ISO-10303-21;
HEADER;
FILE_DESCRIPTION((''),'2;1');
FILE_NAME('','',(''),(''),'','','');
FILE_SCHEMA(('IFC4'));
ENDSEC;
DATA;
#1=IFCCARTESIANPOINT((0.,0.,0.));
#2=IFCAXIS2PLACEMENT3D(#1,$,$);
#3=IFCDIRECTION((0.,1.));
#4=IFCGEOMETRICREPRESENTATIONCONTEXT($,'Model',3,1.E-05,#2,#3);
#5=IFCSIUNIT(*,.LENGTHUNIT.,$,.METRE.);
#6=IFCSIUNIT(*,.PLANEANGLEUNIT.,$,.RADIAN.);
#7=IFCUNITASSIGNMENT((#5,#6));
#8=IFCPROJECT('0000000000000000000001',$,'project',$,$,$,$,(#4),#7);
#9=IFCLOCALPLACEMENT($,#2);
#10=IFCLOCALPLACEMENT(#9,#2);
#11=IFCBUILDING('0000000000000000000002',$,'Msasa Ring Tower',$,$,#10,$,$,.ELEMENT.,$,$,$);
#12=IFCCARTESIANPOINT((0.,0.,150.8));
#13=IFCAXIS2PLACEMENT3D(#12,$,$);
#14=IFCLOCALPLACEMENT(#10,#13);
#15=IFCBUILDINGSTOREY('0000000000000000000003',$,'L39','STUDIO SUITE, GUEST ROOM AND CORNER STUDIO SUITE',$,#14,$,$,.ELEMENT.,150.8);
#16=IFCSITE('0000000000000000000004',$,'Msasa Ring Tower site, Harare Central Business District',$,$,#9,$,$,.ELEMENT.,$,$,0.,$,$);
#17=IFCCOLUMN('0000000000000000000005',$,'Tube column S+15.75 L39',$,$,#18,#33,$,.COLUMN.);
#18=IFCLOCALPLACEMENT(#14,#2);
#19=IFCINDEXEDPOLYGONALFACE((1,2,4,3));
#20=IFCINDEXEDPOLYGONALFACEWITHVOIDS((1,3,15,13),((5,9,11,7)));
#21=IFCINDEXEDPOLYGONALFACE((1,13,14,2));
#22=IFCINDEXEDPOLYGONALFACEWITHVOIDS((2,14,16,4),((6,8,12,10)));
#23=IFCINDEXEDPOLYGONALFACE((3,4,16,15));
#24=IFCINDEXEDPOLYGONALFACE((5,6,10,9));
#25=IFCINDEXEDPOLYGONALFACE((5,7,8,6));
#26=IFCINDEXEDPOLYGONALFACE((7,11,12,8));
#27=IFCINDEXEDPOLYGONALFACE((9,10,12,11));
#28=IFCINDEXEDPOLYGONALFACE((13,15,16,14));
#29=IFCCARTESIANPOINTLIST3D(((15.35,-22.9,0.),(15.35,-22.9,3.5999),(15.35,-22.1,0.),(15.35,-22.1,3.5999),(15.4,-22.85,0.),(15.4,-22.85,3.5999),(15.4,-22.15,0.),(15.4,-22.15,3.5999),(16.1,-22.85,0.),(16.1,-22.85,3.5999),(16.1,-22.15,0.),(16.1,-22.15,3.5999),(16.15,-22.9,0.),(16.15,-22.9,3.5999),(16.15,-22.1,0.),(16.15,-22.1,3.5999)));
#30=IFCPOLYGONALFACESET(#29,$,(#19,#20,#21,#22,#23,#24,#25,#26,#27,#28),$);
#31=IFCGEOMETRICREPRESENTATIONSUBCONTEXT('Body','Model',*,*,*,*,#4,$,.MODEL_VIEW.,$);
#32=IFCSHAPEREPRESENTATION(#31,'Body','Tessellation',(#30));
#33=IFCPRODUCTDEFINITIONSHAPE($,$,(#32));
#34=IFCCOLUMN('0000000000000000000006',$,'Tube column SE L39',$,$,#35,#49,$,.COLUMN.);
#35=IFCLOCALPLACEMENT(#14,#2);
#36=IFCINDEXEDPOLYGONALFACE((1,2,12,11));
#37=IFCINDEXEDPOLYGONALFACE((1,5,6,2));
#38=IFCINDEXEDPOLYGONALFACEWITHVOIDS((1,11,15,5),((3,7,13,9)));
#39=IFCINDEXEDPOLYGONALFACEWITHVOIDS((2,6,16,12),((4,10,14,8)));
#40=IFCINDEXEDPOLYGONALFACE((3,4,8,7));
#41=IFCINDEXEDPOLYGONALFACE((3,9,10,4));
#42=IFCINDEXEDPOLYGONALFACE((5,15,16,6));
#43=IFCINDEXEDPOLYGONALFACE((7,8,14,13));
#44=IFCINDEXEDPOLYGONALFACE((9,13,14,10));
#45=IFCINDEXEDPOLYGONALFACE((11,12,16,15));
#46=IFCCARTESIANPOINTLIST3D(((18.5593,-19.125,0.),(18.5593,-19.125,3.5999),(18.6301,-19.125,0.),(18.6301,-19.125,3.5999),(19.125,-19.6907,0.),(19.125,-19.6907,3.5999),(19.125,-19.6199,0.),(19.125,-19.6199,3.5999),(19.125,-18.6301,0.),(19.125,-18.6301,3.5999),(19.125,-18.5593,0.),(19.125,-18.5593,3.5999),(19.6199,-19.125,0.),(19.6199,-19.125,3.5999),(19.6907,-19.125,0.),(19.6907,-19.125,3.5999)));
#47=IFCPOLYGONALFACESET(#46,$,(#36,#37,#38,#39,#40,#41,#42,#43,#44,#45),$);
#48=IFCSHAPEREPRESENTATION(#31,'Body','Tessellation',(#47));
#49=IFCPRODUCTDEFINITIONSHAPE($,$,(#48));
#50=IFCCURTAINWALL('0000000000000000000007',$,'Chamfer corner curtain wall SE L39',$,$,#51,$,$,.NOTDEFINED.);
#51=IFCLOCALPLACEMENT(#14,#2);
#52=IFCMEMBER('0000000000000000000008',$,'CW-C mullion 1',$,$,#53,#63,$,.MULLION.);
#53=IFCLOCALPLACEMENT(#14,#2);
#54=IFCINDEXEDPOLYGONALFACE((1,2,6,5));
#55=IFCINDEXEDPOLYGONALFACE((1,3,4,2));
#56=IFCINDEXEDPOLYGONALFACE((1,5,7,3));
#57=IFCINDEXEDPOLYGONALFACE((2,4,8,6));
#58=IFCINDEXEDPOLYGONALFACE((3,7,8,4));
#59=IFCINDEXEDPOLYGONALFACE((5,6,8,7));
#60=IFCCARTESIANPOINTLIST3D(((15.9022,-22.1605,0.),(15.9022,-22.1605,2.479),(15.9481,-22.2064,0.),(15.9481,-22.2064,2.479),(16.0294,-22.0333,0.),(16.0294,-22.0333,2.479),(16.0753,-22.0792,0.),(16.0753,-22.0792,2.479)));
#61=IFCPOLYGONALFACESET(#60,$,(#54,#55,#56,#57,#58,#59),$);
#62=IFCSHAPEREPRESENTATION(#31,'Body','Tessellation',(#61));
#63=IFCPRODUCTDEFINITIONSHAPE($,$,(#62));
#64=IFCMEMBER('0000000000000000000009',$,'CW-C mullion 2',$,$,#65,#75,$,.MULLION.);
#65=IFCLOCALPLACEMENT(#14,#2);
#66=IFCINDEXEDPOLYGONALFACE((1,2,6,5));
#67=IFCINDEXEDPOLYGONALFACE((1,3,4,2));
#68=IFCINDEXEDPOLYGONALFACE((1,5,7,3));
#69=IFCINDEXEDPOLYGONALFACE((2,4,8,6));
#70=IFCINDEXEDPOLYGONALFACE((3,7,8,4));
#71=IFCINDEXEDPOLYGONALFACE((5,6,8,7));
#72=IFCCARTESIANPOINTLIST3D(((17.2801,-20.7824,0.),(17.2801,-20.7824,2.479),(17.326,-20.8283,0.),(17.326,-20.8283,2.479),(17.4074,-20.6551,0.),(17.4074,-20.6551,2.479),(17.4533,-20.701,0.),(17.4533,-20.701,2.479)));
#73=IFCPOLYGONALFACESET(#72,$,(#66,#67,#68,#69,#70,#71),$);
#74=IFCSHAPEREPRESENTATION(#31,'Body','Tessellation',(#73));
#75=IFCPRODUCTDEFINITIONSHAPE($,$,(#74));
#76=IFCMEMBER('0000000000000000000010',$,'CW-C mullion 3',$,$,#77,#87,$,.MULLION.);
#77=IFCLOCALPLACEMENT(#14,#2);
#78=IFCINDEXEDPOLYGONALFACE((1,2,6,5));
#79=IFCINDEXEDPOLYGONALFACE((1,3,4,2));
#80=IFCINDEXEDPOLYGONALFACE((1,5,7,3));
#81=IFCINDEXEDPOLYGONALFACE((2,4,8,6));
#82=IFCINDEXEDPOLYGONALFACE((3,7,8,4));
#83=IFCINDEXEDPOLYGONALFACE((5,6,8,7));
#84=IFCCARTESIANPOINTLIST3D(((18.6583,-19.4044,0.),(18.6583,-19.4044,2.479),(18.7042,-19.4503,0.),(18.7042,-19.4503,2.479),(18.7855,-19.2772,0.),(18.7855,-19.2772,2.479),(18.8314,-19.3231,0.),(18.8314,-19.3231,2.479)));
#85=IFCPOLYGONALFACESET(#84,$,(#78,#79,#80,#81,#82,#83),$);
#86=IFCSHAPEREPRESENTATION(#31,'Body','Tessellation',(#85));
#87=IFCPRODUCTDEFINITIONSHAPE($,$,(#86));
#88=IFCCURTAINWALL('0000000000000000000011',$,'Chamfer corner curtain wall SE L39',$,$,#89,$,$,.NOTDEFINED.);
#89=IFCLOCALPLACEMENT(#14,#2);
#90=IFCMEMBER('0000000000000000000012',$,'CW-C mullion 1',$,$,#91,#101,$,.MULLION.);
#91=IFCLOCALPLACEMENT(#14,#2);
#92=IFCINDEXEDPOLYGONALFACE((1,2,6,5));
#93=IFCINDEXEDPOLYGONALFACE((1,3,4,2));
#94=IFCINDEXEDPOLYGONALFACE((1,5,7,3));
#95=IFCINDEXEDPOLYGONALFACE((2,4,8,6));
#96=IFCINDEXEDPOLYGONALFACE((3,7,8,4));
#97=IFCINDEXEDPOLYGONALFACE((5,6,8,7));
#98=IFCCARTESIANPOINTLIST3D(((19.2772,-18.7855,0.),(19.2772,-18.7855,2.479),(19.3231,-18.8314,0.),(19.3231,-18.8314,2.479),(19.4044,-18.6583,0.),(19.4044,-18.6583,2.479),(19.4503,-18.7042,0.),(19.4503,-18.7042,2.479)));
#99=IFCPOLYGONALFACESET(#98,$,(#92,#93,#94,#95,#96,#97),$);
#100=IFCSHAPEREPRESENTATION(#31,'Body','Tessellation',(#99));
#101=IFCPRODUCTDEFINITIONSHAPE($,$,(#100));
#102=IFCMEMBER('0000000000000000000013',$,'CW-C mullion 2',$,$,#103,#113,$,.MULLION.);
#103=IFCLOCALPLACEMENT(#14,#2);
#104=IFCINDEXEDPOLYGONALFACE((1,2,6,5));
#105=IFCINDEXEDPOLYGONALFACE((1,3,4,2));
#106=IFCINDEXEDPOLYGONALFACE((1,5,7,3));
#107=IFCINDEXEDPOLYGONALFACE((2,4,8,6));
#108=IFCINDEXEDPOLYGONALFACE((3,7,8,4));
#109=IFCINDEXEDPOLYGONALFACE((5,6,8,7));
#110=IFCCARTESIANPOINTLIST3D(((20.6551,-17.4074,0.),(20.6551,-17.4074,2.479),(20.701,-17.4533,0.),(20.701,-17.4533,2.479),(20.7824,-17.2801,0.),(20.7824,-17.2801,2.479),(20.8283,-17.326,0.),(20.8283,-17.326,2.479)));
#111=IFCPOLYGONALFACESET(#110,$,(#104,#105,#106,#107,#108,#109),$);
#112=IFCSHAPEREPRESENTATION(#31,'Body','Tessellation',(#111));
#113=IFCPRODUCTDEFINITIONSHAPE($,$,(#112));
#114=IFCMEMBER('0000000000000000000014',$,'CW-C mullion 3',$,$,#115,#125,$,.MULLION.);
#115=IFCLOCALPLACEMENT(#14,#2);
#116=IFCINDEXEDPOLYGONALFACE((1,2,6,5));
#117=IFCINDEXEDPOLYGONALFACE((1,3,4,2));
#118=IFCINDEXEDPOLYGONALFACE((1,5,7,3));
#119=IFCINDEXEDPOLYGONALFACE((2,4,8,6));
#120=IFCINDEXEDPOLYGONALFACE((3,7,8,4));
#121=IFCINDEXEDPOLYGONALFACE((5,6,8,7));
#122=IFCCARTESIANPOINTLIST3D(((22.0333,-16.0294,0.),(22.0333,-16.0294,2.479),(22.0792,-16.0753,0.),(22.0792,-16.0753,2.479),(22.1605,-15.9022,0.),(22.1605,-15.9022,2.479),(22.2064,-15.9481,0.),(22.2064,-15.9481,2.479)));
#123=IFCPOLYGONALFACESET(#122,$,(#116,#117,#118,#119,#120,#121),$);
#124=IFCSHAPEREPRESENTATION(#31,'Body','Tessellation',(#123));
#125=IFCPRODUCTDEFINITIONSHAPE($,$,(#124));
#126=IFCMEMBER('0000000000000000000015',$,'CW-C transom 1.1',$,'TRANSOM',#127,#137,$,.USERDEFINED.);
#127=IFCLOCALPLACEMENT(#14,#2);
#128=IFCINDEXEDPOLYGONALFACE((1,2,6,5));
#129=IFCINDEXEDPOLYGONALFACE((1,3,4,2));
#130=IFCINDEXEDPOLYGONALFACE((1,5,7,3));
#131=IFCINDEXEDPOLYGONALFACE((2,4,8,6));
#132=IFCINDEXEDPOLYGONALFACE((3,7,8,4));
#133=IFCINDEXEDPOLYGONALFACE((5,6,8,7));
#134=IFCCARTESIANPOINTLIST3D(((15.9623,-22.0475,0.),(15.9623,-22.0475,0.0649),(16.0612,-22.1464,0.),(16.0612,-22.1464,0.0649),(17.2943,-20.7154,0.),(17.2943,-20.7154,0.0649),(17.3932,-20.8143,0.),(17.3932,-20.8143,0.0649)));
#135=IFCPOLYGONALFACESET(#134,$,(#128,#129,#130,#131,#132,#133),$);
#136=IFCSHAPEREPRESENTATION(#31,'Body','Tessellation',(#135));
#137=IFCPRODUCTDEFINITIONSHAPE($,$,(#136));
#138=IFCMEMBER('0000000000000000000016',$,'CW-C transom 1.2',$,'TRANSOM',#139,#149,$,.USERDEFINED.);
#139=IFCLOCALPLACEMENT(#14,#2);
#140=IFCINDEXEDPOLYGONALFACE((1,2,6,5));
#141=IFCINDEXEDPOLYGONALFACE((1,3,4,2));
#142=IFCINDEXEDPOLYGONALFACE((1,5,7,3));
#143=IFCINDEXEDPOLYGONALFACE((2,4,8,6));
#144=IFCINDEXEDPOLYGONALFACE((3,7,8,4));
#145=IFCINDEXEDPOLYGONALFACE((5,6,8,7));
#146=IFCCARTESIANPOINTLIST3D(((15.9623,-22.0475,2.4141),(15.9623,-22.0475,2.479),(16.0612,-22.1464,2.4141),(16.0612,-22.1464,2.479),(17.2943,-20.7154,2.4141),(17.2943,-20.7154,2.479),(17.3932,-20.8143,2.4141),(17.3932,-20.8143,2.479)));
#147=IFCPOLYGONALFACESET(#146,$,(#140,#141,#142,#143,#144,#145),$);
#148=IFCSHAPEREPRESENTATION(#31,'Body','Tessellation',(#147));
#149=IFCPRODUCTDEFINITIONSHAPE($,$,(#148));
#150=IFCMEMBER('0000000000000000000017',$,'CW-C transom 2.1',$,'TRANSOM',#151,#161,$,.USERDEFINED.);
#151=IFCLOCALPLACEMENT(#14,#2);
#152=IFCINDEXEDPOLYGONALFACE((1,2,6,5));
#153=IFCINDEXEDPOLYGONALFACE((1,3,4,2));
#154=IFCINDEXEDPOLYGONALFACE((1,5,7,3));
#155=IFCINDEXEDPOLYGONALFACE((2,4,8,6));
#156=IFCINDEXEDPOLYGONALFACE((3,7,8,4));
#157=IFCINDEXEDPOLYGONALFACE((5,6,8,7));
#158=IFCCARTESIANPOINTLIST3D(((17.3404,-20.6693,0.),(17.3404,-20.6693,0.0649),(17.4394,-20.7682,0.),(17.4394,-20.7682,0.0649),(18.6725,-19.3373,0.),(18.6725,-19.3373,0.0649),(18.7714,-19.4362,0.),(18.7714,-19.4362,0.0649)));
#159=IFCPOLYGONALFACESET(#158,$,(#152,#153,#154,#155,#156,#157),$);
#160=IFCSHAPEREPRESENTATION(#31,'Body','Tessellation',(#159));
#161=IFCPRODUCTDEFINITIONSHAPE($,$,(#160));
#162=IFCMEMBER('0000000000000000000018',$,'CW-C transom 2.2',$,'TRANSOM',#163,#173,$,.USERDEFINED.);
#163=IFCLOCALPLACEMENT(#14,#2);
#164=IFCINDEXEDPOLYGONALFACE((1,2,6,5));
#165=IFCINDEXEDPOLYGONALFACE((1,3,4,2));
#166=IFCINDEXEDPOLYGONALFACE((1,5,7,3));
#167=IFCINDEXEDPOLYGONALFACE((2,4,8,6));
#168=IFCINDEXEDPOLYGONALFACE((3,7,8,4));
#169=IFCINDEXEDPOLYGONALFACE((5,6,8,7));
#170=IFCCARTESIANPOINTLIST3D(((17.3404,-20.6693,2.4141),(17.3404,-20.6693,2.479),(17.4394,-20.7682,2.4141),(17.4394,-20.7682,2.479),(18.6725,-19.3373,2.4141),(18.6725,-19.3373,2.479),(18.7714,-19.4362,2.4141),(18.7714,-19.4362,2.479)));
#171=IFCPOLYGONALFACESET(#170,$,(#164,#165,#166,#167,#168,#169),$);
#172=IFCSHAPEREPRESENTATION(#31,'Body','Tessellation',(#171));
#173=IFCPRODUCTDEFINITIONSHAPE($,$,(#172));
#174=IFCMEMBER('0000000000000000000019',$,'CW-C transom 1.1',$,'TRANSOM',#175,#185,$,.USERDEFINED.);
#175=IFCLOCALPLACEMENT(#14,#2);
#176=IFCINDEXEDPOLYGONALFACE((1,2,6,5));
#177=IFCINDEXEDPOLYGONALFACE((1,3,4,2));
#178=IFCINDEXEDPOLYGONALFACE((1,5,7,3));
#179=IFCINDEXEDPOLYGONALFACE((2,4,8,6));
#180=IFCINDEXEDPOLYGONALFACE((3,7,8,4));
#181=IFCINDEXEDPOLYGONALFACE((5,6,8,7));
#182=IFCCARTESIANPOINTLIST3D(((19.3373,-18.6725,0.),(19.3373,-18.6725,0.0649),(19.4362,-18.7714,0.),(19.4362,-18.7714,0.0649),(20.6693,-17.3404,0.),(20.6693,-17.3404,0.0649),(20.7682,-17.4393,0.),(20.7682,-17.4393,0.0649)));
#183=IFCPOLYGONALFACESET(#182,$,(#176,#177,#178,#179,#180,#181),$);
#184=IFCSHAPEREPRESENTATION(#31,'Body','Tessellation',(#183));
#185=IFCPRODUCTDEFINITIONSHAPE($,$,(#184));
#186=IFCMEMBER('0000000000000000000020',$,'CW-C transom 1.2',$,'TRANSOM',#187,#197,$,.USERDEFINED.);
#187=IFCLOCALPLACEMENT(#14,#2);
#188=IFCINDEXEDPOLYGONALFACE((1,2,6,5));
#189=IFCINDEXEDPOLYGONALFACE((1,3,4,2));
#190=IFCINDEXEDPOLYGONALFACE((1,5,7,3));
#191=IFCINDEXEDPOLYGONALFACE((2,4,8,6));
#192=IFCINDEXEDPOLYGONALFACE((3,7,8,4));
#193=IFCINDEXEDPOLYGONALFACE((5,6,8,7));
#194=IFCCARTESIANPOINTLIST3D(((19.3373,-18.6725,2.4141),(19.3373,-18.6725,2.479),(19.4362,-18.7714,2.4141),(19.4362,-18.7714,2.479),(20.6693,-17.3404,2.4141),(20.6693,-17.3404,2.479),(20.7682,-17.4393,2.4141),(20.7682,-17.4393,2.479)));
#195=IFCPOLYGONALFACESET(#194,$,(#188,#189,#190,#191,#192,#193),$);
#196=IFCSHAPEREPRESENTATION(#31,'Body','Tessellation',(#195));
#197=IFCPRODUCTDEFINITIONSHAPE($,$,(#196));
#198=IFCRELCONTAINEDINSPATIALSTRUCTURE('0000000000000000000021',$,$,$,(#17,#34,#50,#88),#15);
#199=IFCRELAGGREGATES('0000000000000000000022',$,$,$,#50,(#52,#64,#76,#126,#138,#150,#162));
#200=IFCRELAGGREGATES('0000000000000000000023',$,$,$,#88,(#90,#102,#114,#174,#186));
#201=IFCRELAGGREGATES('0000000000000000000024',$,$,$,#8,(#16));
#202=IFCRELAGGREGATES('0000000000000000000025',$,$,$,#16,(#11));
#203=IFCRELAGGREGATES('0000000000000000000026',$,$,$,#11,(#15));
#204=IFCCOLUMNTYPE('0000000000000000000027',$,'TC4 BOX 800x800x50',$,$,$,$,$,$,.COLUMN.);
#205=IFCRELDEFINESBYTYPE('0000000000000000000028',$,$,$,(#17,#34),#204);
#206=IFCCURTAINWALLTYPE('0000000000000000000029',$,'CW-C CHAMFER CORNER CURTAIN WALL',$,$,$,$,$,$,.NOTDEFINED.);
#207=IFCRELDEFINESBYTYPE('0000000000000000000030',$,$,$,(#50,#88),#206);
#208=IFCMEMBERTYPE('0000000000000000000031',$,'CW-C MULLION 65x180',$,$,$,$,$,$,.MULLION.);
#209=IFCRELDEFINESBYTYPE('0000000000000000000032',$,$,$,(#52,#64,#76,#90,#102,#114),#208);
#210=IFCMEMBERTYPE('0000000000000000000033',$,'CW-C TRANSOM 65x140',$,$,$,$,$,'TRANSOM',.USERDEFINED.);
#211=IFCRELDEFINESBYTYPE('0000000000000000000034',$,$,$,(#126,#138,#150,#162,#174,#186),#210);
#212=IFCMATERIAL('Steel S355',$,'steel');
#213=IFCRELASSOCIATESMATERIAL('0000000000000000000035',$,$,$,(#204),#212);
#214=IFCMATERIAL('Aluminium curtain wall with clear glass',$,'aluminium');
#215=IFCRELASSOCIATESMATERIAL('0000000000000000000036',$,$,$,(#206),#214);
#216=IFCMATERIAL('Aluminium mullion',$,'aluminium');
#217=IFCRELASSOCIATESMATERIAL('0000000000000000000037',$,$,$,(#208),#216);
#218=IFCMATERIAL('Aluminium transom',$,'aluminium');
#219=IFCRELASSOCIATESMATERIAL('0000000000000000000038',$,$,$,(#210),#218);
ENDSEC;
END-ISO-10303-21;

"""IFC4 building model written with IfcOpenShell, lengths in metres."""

from ifc_helpers import new_model, si_unit, direction, frame, origin, origin_2d, place, context, subcontext, project, spatial, rectangle, hollow_rectangle, extrude, material, material_profile, profile_set, type_object, element, aggregate, save


model = new_model("IFC4")

# Units and contexts
model_context = context("Model", 3, precision=1e-05, world=origin(), true_north=direction((0.0, 1.0)))
body_context = subcontext(model_context, "Body", "Model", "MODEL_VIEW")
ifc_project = project(units=[si_unit("LENGTHUNIT", "METRE"), si_unit("PLANEANGLEUNIT", "RADIAN")], contexts=[model_context])

# Site, building, storey
site_placement = place(None, origin())
site = spatial("IfcSite", under=ifc_project, at=site_placement, Name="Msasa Ring Tower site, Harare Central Business District", CompositionType="ELEMENT", RefElevation=0.0)
building_placement = place(site_placement, origin())
building = spatial("IfcBuilding", under=site, at=building_placement, Name="Msasa Ring Tower", CompositionType="ELEMENT")
storey_placement = place(building_placement, frame((0.0, 0.0, 150.8)))
storey = spatial("IfcBuildingStorey", under=building, at=storey_placement, Name="L39", Description="STUDIO SUITE, GUEST ROOM AND CORNER STUDIO SUITE", CompositionType="ELEMENT", Elevation=150.8)

# Columns
ifc_material_1 = material(Name="Steel S355", Category="steel")
ifc_material_profile_1 = material_profile(ifc_material_1, hollow_rectangle(XDim=0.8, YDim=0.8, WallThickness=0.05, at=origin_2d()), Name="BOX 800x800x50")
ifc_profile_set_1 = profile_set([ifc_material_profile_1], Name="Steel S355")
column_type = type_object("IfcColumnType", Name="TC4 BOX 800x800x50", PredefinedType="COLUMN", material=ifc_profile_set_1)
for number, where, z_axis, x_axis, name in (
    (1, (15.75, -22.5, 0.0), (0.0, 0.0, 1.0), (0.0, 1.0, 0.0), "Tube column S+15.75 L39"),
    (2, (19.125, -19.125, 0.0), (0.0, 0.0, 1.0), (0.707107, -0.707107, 0.0), "Tube column SE L39"),
):
    element("IfcColumn", number, at=place(storey_placement, frame(where, z_axis=z_axis, x_axis=x_axis)), inside=storey, type_object=column_type, Name=name, PredefinedType="COLUMN", context=body_context, shape_type="SweptSolid", body=[
        extrude(hollow_rectangle(XDim=0.8, YDim=0.8, WallThickness=0.05, at=origin_2d()), origin(), (0.0, 0.0, 1.0), 3.5999),
    ])

# Curtain walls, members
ifc_material_2 = material(Name="Aluminium curtain wall with clear glass", Category="aluminium")
curtain_wall_type = type_object("IfcCurtainWallType", Name="CW-C CHAMFER CORNER CURTAIN WALL", PredefinedType="NOTDEFINED", material=ifc_material_2)
curtain_wall_1_placement = place(storey_placement, origin())
curtain_wall_1 = element("IfcCurtainWall", 3, at=curtain_wall_1_placement, inside=storey, type_object=curtain_wall_type, Name="Chamfer corner curtain wall SE L39", PredefinedType="NOTDEFINED")
ifc_material_3 = material(Name="Aluminium mullion", Category="aluminium")
ifc_material_profile_2 = material_profile(ifc_material_3, rectangle(XDim=0.0649, YDim=0.1799, at=origin_2d()), Name="AL 65x180")
ifc_profile_set_2 = profile_set([ifc_material_profile_2], Name="Aluminium mullion")
member_type_1 = type_object("IfcMemberType", Name="CW-C MULLION 65x180", PredefinedType="MULLION", material=ifc_profile_set_2)
member_1_placement = place(storey_placement, frame((15.9888, -22.1199, 0.0), z_axis=(0.0, 0.0, 1.0), x_axis=(-0.707107, 0.707107, 0.0)))
member_1 = element("IfcMember", 4, at=member_1_placement, type_object=member_type_1, Name="CW-C mullion 1", PredefinedType="MULLION", context=body_context, shape_type="SweptSolid", body=[
    extrude(rectangle(XDim=0.0649, YDim=0.1799, at=origin_2d()), origin(), (0.0, 0.0, 1.0), 2.479),
])
member_2_placement = place(storey_placement, frame((17.3667, -20.7417, 0.0), z_axis=(0.0, 0.0, 1.0), x_axis=(-0.707107, 0.707107, 0.0)))
member_2 = element("IfcMember", 5, at=member_2_placement, type_object=member_type_1, Name="CW-C mullion 2", PredefinedType="MULLION", context=body_context, shape_type="SweptSolid", body=[
    extrude(rectangle(XDim=0.0649, YDim=0.1799, at=origin_2d()), origin(), (0.0, 0.0, 1.0), 2.479),
])
member_3_placement = place(storey_placement, frame((18.7449, -19.3638, 0.0), z_axis=(0.0, 0.0, 1.0), x_axis=(-0.707107, 0.707107, 0.0)))
member_3 = element("IfcMember", 6, at=member_3_placement, type_object=member_type_1, Name="CW-C mullion 3", PredefinedType="MULLION", context=body_context, shape_type="SweptSolid", body=[
    extrude(rectangle(XDim=0.0649, YDim=0.1799, at=origin_2d()), origin(), (0.0, 0.0, 1.0), 2.479),
])
curtain_wall_2_placement = place(storey_placement, origin())
curtain_wall_2 = element("IfcCurtainWall", 7, at=curtain_wall_2_placement, inside=storey, type_object=curtain_wall_type, Name="Chamfer corner curtain wall SE L39", PredefinedType="NOTDEFINED")
member_4_placement = place(storey_placement, frame((19.3638, -18.7449, 0.0), z_axis=(0.0, 0.0, 1.0), x_axis=(-0.707107, 0.707107, 0.0)))
member_4 = element("IfcMember", 8, at=member_4_placement, type_object=member_type_1, Name="CW-C mullion 1", PredefinedType="MULLION", context=body_context, shape_type="SweptSolid", body=[
    extrude(rectangle(XDim=0.0649, YDim=0.1799, at=origin_2d()), origin(), (0.0, 0.0, 1.0), 2.479),
])
member_5_placement = place(storey_placement, frame((20.7417, -17.3667, 0.0), z_axis=(0.0, 0.0, 1.0), x_axis=(-0.707107, 0.707107, 0.0)))
member_5 = element("IfcMember", 9, at=member_5_placement, type_object=member_type_1, Name="CW-C mullion 2", PredefinedType="MULLION", context=body_context, shape_type="SweptSolid", body=[
    extrude(rectangle(XDim=0.0649, YDim=0.1799, at=origin_2d()), origin(), (0.0, 0.0, 1.0), 2.479),
])
member_6_placement = place(storey_placement, frame((22.1199, -15.9888, 0.0), z_axis=(0.0, 0.0, 1.0), x_axis=(-0.707107, 0.707107, 0.0)))
member_6 = element("IfcMember", 10, at=member_6_placement, type_object=member_type_1, Name="CW-C mullion 3", PredefinedType="MULLION", context=body_context, shape_type="SweptSolid", body=[
    extrude(rectangle(XDim=0.0649, YDim=0.1799, at=origin_2d()), origin(), (0.0, 0.0, 1.0), 2.479),
])

# Members
ifc_material_4 = material(Name="Aluminium transom", Category="aluminium")
ifc_material_profile_3 = material_profile(ifc_material_4, rectangle(XDim=0.1399, YDim=0.0649, at=origin_2d()), Name="AL 65x140")
ifc_profile_set_3 = profile_set([ifc_material_profile_3], Name="Aluminium transom")
member_type_2 = type_object("IfcMemberType", Name="CW-C TRANSOM 65x140", ElementType="TRANSOM", PredefinedType="USERDEFINED", material=ifc_profile_set_3)
member_7_placement = place(storey_placement, frame((16.0117, -22.0969, 0.0325), z_axis=(0.707107, 0.707107, 0.0), x_axis=(-0.707107, 0.707107, 0.0)))
member_7 = element("IfcMember", 11, at=member_7_placement, type_object=member_type_2, Name="CW-C transom 1.1", ObjectType="TRANSOM", PredefinedType="USERDEFINED", context=body_context, shape_type="SweptSolid", body=[
    extrude(rectangle(XDim=0.1399, YDim=0.0649, at=origin_2d()), origin(), (0.0, 0.0, 1.0), 1.8838),
])
member_8_placement = place(storey_placement, frame((16.0117, -22.0969, 2.4465), z_axis=(0.707107, 0.707107, 0.0), x_axis=(-0.707107, 0.707107, 0.0)))
member_8 = element("IfcMember", 12, at=member_8_placement, type_object=member_type_2, Name="CW-C transom 1.2", ObjectType="TRANSOM", PredefinedType="USERDEFINED", context=body_context, shape_type="SweptSolid", body=[
    extrude(rectangle(XDim=0.1399, YDim=0.0649, at=origin_2d()), origin(), (0.0, 0.0, 1.0), 1.8838),
])
member_9_placement = place(storey_placement, frame((17.3899, -20.7188, 0.0325), z_axis=(0.707107, 0.707107, 0.0), x_axis=(-0.707107, 0.707107, 0.0)))
member_9 = element("IfcMember", 13, at=member_9_placement, type_object=member_type_2, Name="CW-C transom 2.1", ObjectType="TRANSOM", PredefinedType="USERDEFINED", context=body_context, shape_type="SweptSolid", body=[
    extrude(rectangle(XDim=0.1399, YDim=0.0649, at=origin_2d()), origin(), (0.0, 0.0, 1.0), 1.8838),
])
member_10_placement = place(storey_placement, frame((17.3899, -20.7188, 2.4465), z_axis=(0.707107, 0.707107, 0.0), x_axis=(-0.707107, 0.707107, 0.0)))
member_10 = element("IfcMember", 14, at=member_10_placement, type_object=member_type_2, Name="CW-C transom 2.2", ObjectType="TRANSOM", PredefinedType="USERDEFINED", context=body_context, shape_type="SweptSolid", body=[
    extrude(rectangle(XDim=0.1399, YDim=0.0649, at=origin_2d()), origin(), (0.0, 0.0, 1.0), 1.8838),
])
member_11_placement = place(storey_placement, frame((19.3867, -18.7219, 0.0325), z_axis=(0.707107, 0.707107, 0.0), x_axis=(-0.707107, 0.707107, 0.0)))
member_11 = element("IfcMember", 15, at=member_11_placement, type_object=member_type_2, Name="CW-C transom 1.1", ObjectType="TRANSOM", PredefinedType="USERDEFINED", context=body_context, shape_type="SweptSolid", body=[
    extrude(rectangle(XDim=0.1399, YDim=0.0649, at=origin_2d()), origin(), (0.0, 0.0, 1.0), 1.8838),
])
member_12_placement = place(storey_placement, frame((19.3867, -18.7219, 2.4465), z_axis=(0.707107, 0.707107, 0.0), x_axis=(-0.707107, 0.707107, 0.0)))
member_12 = element("IfcMember", 16, at=member_12_placement, type_object=member_type_2, Name="CW-C transom 1.2", ObjectType="TRANSOM", PredefinedType="USERDEFINED", context=body_context, shape_type="SweptSolid", body=[
    extrude(rectangle(XDim=0.1399, YDim=0.0649, at=origin_2d()), origin(), (0.0, 0.0, 1.0), 1.8838),
])

aggregate(curtain_wall_1, [member_1, member_2, member_3, member_7, member_8, member_9, member_10])
aggregate(curtain_wall_2, [member_4, member_5, member_6, member_11, member_12])

save(model, "model.ifc")
